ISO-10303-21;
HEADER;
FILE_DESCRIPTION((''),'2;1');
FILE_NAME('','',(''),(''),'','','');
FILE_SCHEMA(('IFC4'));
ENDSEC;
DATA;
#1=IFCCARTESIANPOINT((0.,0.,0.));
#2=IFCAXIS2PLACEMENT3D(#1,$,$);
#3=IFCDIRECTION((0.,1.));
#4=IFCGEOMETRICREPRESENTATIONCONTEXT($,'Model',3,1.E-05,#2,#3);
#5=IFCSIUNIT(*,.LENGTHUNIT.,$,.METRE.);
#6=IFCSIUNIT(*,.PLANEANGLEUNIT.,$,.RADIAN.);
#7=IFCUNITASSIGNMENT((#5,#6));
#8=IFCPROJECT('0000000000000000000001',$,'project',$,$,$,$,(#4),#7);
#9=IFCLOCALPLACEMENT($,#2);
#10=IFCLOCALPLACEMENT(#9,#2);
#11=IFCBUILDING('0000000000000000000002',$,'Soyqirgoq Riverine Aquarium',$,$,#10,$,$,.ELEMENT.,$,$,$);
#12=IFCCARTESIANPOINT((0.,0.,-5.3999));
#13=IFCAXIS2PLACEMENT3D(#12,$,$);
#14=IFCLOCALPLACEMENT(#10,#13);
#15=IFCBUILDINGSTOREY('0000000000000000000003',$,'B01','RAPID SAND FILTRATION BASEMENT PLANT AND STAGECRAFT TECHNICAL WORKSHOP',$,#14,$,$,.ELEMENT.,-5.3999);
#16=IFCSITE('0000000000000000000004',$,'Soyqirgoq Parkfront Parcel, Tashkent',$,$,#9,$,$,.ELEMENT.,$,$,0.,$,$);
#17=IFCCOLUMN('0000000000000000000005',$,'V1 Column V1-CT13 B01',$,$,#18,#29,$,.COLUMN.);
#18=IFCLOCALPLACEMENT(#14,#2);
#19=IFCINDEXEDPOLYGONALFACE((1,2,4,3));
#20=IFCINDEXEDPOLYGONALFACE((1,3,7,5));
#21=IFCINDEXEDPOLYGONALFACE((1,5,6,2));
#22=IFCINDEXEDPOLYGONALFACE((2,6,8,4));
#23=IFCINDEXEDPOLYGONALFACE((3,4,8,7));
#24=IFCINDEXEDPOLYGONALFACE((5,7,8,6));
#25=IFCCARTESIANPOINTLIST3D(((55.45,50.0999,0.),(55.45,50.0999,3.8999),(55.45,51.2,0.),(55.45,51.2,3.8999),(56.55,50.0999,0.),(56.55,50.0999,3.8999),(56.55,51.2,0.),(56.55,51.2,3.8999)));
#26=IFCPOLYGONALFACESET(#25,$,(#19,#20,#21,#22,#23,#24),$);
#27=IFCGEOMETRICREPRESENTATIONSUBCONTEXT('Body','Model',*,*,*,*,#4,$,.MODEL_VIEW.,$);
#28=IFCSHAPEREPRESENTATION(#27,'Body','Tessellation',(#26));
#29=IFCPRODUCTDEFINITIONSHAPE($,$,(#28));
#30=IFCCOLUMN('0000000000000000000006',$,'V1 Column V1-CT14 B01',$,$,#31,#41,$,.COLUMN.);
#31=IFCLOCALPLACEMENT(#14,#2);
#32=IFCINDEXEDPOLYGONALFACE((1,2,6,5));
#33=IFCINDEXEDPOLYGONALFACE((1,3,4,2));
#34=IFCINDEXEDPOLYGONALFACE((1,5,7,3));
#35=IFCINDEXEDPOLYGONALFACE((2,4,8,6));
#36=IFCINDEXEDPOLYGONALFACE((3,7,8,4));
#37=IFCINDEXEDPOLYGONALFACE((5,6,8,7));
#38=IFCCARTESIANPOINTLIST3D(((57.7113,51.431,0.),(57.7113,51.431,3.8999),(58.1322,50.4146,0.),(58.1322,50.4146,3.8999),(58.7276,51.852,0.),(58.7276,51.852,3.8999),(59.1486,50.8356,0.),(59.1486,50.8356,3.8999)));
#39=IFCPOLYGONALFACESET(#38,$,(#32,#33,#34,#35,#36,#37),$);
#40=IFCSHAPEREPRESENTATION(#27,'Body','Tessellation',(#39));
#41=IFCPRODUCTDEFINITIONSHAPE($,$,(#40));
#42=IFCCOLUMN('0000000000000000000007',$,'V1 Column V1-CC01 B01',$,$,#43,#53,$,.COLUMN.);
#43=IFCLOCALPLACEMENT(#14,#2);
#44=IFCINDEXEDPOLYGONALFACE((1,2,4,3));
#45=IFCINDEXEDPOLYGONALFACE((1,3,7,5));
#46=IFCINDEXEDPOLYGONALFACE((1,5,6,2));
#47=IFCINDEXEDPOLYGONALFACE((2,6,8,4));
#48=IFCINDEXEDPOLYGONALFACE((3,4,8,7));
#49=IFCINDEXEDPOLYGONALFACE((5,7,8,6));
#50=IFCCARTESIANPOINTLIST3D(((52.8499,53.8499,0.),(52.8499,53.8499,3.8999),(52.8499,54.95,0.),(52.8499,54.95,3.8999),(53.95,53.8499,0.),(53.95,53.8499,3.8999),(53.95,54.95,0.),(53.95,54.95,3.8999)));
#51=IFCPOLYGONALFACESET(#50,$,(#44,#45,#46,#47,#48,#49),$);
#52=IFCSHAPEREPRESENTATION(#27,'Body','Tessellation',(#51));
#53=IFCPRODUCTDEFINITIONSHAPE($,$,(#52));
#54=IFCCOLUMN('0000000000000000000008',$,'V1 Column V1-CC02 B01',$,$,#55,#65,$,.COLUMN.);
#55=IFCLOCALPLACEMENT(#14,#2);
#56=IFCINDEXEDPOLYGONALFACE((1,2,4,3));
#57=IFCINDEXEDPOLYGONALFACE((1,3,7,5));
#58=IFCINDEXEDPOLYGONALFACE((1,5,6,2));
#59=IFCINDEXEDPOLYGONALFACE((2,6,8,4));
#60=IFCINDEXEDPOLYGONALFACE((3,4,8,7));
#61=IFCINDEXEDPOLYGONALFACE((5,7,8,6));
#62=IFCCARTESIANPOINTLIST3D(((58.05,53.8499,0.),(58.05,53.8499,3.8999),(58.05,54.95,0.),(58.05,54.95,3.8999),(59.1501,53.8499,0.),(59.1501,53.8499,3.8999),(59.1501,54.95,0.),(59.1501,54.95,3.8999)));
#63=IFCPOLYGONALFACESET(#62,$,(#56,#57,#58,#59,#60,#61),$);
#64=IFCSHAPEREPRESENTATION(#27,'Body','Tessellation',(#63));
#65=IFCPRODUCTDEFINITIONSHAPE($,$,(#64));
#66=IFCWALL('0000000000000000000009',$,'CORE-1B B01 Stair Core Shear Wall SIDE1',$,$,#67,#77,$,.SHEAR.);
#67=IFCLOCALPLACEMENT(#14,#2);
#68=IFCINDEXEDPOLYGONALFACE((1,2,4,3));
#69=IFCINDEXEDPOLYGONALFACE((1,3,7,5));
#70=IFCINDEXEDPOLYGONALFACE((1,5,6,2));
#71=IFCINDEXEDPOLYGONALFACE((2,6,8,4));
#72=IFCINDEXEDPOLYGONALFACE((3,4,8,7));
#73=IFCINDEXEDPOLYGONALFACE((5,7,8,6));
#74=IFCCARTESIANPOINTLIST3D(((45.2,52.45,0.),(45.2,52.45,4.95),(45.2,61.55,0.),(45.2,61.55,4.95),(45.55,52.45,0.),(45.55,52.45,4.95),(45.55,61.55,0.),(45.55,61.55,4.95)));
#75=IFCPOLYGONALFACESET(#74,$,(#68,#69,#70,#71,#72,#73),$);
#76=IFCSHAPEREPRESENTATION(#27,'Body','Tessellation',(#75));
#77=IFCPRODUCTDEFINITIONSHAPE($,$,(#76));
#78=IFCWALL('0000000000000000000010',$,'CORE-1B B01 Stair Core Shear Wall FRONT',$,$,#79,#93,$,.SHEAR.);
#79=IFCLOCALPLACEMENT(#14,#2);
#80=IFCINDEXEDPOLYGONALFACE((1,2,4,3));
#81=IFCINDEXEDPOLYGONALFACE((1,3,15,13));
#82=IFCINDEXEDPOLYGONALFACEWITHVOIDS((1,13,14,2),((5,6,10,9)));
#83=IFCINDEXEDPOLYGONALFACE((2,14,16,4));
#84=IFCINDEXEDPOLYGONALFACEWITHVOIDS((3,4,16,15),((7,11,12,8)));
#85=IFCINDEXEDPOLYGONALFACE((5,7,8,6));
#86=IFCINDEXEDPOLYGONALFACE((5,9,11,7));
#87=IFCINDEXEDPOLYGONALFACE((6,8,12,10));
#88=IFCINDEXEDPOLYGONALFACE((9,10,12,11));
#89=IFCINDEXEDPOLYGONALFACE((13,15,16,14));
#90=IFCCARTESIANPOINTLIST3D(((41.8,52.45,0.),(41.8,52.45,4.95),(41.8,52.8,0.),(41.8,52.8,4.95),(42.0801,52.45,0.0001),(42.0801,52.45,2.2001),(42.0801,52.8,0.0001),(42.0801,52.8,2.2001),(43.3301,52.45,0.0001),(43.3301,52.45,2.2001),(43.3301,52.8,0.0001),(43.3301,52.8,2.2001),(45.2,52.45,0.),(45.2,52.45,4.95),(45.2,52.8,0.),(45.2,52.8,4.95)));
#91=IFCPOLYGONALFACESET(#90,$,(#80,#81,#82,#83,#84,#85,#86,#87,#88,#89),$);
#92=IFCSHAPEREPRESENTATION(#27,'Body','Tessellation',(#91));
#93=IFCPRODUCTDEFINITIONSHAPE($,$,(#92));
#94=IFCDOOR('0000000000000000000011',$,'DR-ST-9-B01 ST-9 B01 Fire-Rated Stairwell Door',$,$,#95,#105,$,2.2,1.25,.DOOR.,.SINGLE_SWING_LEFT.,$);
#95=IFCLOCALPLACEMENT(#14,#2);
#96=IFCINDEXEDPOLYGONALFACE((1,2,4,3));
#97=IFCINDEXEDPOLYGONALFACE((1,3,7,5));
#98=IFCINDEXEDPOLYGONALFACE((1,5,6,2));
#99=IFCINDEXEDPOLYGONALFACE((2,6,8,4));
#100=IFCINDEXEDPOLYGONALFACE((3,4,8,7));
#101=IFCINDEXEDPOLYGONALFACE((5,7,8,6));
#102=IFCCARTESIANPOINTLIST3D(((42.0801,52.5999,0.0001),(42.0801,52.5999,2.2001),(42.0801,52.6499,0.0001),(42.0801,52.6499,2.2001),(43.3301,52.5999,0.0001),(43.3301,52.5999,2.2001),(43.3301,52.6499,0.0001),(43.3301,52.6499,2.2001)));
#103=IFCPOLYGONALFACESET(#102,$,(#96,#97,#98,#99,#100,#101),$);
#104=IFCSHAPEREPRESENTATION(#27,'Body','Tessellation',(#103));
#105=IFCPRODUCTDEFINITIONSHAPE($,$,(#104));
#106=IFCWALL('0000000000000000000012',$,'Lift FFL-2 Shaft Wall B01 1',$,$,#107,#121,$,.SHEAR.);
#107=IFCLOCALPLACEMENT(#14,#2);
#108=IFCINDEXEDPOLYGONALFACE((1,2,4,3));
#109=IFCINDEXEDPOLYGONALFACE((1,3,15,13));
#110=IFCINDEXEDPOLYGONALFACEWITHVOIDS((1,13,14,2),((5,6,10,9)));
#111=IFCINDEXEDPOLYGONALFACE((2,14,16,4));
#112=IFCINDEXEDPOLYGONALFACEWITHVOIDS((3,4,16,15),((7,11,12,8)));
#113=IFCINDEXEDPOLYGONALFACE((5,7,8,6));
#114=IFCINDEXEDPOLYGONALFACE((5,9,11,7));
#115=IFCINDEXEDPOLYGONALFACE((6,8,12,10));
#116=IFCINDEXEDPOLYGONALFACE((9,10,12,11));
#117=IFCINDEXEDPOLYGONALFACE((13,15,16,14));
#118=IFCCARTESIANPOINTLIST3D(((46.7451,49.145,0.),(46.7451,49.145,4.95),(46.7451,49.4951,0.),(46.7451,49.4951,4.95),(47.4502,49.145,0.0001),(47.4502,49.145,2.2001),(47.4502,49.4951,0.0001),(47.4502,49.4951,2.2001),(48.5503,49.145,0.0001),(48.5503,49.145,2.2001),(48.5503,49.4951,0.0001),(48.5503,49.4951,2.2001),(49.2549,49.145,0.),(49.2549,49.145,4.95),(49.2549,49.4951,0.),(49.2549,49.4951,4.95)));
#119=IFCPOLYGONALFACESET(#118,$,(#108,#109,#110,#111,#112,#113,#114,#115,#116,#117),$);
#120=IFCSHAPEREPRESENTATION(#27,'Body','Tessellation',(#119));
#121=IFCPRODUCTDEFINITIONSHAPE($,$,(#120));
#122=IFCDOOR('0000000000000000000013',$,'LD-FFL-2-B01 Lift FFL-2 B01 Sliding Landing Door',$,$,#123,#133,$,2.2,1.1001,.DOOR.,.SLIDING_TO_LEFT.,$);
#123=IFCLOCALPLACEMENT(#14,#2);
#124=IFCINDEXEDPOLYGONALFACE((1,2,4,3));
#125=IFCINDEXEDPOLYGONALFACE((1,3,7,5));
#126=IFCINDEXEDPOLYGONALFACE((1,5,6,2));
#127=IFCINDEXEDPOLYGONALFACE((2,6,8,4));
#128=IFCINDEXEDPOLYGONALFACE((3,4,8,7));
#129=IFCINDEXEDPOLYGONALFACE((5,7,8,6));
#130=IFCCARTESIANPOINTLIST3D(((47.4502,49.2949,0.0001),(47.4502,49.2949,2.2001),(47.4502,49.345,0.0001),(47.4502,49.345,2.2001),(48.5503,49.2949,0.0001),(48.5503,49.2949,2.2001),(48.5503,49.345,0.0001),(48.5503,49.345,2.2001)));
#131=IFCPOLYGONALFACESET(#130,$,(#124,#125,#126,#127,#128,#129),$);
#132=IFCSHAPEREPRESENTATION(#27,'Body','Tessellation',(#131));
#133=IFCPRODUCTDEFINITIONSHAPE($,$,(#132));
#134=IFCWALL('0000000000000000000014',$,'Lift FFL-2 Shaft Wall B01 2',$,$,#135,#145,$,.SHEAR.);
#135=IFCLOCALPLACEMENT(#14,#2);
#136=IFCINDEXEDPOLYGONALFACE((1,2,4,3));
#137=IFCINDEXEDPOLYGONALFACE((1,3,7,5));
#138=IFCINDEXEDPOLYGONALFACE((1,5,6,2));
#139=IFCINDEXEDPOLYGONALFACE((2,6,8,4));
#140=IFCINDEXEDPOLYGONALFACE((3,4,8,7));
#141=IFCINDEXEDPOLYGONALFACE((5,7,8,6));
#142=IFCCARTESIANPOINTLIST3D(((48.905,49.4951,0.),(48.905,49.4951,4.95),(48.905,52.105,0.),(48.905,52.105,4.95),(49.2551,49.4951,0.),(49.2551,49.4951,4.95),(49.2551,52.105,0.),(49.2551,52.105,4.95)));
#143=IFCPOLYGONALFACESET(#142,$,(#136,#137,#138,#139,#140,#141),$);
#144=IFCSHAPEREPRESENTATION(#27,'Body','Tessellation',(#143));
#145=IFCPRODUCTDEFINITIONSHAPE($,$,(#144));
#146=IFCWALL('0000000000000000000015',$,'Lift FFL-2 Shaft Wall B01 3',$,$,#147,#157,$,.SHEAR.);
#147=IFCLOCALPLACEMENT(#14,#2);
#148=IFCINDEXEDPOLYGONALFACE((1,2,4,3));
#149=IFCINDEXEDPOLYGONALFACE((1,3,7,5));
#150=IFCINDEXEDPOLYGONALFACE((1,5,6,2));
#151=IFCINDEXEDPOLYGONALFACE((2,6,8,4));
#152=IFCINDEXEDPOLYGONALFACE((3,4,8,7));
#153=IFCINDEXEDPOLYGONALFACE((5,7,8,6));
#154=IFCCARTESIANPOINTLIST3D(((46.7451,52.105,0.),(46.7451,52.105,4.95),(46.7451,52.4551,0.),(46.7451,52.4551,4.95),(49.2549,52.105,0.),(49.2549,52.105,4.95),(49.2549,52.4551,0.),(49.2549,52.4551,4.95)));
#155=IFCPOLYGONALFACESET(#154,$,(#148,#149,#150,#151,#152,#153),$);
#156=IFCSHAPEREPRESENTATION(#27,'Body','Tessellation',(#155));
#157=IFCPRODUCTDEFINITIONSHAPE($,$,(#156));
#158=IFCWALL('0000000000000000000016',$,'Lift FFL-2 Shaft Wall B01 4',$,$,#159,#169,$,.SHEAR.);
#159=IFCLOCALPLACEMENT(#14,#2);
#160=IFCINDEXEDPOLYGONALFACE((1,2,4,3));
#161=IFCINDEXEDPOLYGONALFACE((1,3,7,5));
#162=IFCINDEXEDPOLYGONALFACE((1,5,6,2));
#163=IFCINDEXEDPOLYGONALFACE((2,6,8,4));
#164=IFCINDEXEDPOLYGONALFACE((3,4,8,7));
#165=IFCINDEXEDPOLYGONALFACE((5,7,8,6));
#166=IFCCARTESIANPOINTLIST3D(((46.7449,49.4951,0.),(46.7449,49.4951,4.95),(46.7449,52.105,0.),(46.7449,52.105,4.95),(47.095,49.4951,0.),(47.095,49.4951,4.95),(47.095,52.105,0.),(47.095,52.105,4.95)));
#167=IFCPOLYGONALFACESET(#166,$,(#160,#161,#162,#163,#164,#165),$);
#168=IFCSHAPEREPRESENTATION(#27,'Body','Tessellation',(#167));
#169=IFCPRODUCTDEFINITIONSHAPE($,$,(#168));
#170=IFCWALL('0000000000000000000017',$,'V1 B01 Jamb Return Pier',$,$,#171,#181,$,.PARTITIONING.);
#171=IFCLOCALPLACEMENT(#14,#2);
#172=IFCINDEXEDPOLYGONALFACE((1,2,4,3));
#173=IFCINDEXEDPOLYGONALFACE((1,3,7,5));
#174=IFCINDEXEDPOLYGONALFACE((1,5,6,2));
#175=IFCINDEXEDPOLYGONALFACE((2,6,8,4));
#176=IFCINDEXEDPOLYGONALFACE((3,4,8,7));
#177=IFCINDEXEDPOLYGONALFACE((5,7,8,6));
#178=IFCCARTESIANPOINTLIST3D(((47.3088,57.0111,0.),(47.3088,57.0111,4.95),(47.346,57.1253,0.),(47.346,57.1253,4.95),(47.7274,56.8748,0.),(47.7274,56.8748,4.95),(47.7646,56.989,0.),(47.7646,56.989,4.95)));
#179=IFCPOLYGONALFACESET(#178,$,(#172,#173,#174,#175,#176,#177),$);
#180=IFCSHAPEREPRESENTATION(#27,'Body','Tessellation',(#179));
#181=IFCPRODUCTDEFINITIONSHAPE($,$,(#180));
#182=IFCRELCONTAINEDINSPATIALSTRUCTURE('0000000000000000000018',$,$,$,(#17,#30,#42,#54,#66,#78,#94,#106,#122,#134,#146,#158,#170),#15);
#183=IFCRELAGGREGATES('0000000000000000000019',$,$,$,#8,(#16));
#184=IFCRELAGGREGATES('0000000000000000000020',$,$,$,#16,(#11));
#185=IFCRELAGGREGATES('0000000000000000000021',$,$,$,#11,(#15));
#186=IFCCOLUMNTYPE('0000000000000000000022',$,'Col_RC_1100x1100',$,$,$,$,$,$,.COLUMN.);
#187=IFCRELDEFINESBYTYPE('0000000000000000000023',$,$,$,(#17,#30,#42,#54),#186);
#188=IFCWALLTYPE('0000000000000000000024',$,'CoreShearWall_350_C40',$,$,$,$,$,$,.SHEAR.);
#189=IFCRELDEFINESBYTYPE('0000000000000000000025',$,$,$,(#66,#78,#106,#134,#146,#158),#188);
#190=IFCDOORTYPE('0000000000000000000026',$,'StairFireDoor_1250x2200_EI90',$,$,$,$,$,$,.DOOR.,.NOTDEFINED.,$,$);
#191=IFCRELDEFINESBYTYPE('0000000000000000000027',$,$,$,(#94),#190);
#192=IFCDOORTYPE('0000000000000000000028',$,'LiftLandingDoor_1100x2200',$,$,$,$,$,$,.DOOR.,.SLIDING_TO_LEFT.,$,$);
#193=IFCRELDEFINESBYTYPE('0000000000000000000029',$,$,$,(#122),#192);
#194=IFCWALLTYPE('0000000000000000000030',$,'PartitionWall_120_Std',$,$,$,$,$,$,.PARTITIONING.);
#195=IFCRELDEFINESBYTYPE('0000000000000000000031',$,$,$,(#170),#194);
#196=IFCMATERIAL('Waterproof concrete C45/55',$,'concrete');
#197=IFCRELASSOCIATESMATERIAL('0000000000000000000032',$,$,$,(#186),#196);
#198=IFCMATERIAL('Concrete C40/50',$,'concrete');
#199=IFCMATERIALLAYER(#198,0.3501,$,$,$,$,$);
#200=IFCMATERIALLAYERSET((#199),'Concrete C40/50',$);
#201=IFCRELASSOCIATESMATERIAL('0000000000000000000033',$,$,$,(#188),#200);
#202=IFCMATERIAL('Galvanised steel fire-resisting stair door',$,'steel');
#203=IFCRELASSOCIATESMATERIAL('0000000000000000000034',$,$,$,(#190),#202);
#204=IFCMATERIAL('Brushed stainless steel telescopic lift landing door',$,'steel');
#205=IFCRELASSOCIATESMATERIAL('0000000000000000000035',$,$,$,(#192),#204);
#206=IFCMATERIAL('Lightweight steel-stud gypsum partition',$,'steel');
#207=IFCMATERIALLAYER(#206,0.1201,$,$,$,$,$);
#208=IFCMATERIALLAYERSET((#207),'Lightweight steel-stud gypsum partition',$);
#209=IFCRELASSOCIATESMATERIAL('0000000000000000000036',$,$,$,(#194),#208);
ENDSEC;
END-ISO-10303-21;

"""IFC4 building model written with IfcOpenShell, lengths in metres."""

from ifc_helpers import new_model, si_unit, direction, frame, frame_2d, origin, origin_2d, place, context, subcontext, project, spatial, rectangle, extrude, material, layer, layer_set, material_profile, profile_set, type_object, element, fill, save


model = new_model("IFC4")

# Units and contexts
model_context = context("Model", 3, precision=1e-05, world=origin(), true_north=direction((0.0, 1.0)))
body_context = subcontext(model_context, "Body", "Model", "MODEL_VIEW")
ifc_project = project(units=[si_unit("LENGTHUNIT", "METRE"), si_unit("PLANEANGLEUNIT", "RADIAN")], contexts=[model_context])

# Site, building, storey
site_placement = place(None, origin())
site = spatial("IfcSite", under=ifc_project, at=site_placement, Name="Soyqirgoq Parkfront Parcel, Tashkent", CompositionType="ELEMENT", RefElevation=0.0)
building_placement = place(site_placement, origin())
building = spatial("IfcBuilding", under=site, at=building_placement, Name="Soyqirgoq Riverine Aquarium", CompositionType="ELEMENT")
storey_placement = place(building_placement, frame((0.0, 0.0, -5.3999)))
storey = spatial("IfcBuildingStorey", under=building, at=storey_placement, Name="B01", Description="RAPID SAND FILTRATION BASEMENT PLANT AND STAGECRAFT TECHNICAL WORKSHOP", CompositionType="ELEMENT", Elevation=-5.3999)

# Columns
ifc_material_1 = material(Name="Waterproof concrete C45/55", Category="concrete")
ifc_material_profile_1 = material_profile(ifc_material_1, rectangle(XDim=1.1001, YDim=1.1001, at=origin_2d()), Name="RC 1100x1100")
ifc_profile_set_1 = profile_set([ifc_material_profile_1], Name="Waterproof concrete C45/55")
column_type_1 = type_object("IfcColumnType", Name="Col_RC_1100x1100", PredefinedType="COLUMN", material=ifc_profile_set_1)
for number, where, z_axis, x_axis, name in (
    (1, (56.0, 50.6499, 0.0), (0.0, 0.0, 1.0), (0.0, -1.0, 0.0), "V1 Column V1-CT13 B01"),
    (2, (58.4299, 51.1333, 0.0), (0.0, 0.0, 1.0), (0.382683, -0.92388, 0.0), "V1 Column V1-CT14 B01"),
    (3, (53.3999, 54.3999, 0.0), (0.0, 0.0, 1.0), (1.0, 0.0, 0.0), "V1 Column V1-CC01 B01"),
    (4, (58.6001, 54.3999, 0.0), (0.0, 0.0, 1.0), (1.0, 0.0, 0.0), "V1 Column V1-CC02 B01"),
):
    element("IfcColumn", number, at=place(storey_placement, frame(where, z_axis=z_axis, x_axis=x_axis)), inside=storey, type_object=column_type_1, Name=name, PredefinedType="COLUMN", context=body_context, shape_type="SweptSolid", body=[
        extrude(rectangle(XDim=1.1001, YDim=1.1001, at=origin_2d()), origin(), (0.0, 0.0, 1.0), 3.8999),
    ])

# Wall
ifc_material_2 = material(Name="Concrete C40/50", Category="concrete")
ifc_layer_1 = layer(ifc_material_2, 0.3501)
ifc_layer_set_1 = layer_set([ifc_layer_1], Name="Concrete C40/50")
wall_type_1 = type_object("IfcWallType", Name="CoreShearWall_350_C40", PredefinedType="SHEAR", material=ifc_layer_set_1)
wall_1_placement = place(storey_placement, frame((45.375, 52.45, 0.0), z_axis=(0.0, 0.0, 1.0), x_axis=(0.0, 1.0, 0.0)))
element("IfcWall", 5, at=wall_1_placement, inside=storey, type_object=wall_type_1, Name="CORE-1B B01 Stair Core Shear Wall SIDE1", PredefinedType="SHEAR", context=body_context, shape_type="SweptSolid", body=[
    extrude(rectangle(XDim=9.1001, YDim=0.3501, at=frame_2d((4.55, 0.0))), origin(), (0.0, 0.0, 1.0), 4.95),
])

# Walls, openings, doors
wall_2_placement = place(storey_placement, frame((41.8, 52.625, 0.0), z_axis=(0.0, 0.0, 1.0), x_axis=(1.0, 0.0, 0.0)))
wall_2 = element("IfcWall", 6, at=wall_2_placement, inside=storey, type_object=wall_type_1, Name="CORE-1B B01 Stair Core Shear Wall FRONT", PredefinedType="SHEAR", context=body_context, shape_type="SweptSolid", body=[
    extrude(rectangle(XDim=3.3999, YDim=0.3501, at=frame_2d((1.7, 0.0))), origin(), (0.0, 0.0, 1.0), 4.95),
])
opening_1_placement = place(wall_2_placement, frame((0.28, 0.0, 0.0)))
opening_1 = element("IfcOpeningElement", 7, at=opening_1_placement, cuts=wall_2, PredefinedType="OPENING", context=body_context, shape_type="SweptSolid", body=[
    extrude(rectangle(XDim=1.25, YDim=2.2, at=frame_2d((0.625, 1.1001))), frame((0.0, 0.1851, 0.0), z_axis=(0.0, -1.0, 0.0), x_axis=(1.0, 0.0, 0.0)), (0.0, 0.0, 1.0), 0.3701),
])
ifc_material_3 = material(Name="Galvanised steel fire-resisting stair door", Category="steel")
door_type_1 = type_object("IfcDoorType", Name="StairFireDoor_1250x2200_EI90", OperationType="NOTDEFINED", PredefinedType="DOOR", material=ifc_material_3)
door_1_placement = place(opening_1_placement, origin())
door_1 = element("IfcDoor", 8, at=door_1_placement, inside=storey, type_object=door_type_1, Name="DR-ST-9-B01 ST-9 B01 Fire-Rated Stairwell Door", OperationType="SINGLE_SWING_LEFT", OverallHeight=2.2, OverallWidth=1.25, PredefinedType="DOOR", context=body_context, shape_type="SweptSolid", body=[
    extrude(rectangle(XDim=1.25, YDim=2.2, at=frame_2d((0.625, 1.1001))), frame((0.0, 0.0249, 0.0), z_axis=(0.0, -1.0, 0.0), x_axis=(1.0, 0.0, 0.0)), (0.0, 0.0, 1.0), 0.05),
])
fill(opening_1, door_1)
wall_3_placement = place(storey_placement, frame((46.7451, 49.3201, 0.0), z_axis=(0.0, 0.0, 1.0), x_axis=(1.0, 0.0, 0.0)))
wall_3 = element("IfcWall", 9, at=wall_3_placement, inside=storey, type_object=wall_type_1, Name="Lift FFL-2 Shaft Wall B01 1", PredefinedType="SHEAR", context=body_context, shape_type="SweptSolid", body=[
    extrude(rectangle(XDim=2.5098, YDim=0.3501, at=frame_2d((1.2549, 0.0))), origin(), (0.0, 0.0, 1.0), 4.95),
])
opening_2_placement = place(wall_3_placement, frame((0.7051, 0.0, 0.0)))
opening_2 = element("IfcOpeningElement", 10, at=opening_2_placement, cuts=wall_3, PredefinedType="OPENING", context=body_context, shape_type="SweptSolid", body=[
    extrude(rectangle(XDim=1.1001, YDim=2.2, at=frame_2d((0.55, 1.1001))), frame((0.0, 0.1851, 0.0), z_axis=(0.0, -1.0, 0.0), x_axis=(1.0, 0.0, 0.0)), (0.0, 0.0, 1.0), 0.3701),
])
ifc_material_4 = material(Name="Brushed stainless steel telescopic lift landing door", Category="steel")
door_type_2 = type_object("IfcDoorType", Name="LiftLandingDoor_1100x2200", OperationType="SLIDING_TO_LEFT", PredefinedType="DOOR", material=ifc_material_4)
door_2_placement = place(opening_2_placement, origin())
door_2 = element("IfcDoor", 11, at=door_2_placement, inside=storey, type_object=door_type_2, Name="LD-FFL-2-B01 Lift FFL-2 B01 Sliding Landing Door", OperationType="SLIDING_TO_LEFT", OverallHeight=2.2, OverallWidth=1.1001, PredefinedType="DOOR", context=body_context, shape_type="SweptSolid", body=[
    extrude(rectangle(XDim=1.1001, YDim=2.2, at=frame_2d((0.55, 1.1001))), frame((0.0, 0.0249, 0.0), z_axis=(0.0, -1.0, 0.0), x_axis=(1.0, 0.0, 0.0)), (0.0, 0.0, 1.0), 0.05),
])
fill(opening_2, door_2)

# Walls
wall_4_placement = place(storey_placement, frame((49.0801, 49.4951, 0.0), z_axis=(0.0, 0.0, 1.0), x_axis=(0.0, 1.0, 0.0)))
element("IfcWall", 12, at=wall_4_placement, inside=storey, type_object=wall_type_1, Name="Lift FFL-2 Shaft Wall B01 2", PredefinedType="SHEAR", context=body_context, shape_type="SweptSolid", body=[
    extrude(rectangle(XDim=2.6099, YDim=0.3501, at=frame_2d((1.3049, 0.0))), origin(), (0.0, 0.0, 1.0), 4.95),
])
wall_5_placement = place(storey_placement, frame((49.2549, 52.28, 0.0), z_axis=(0.0, 0.0, 1.0), x_axis=(-1.0, 0.0, 0.0)))
element("IfcWall", 13, at=wall_5_placement, inside=storey, type_object=wall_type_1, Name="Lift FFL-2 Shaft Wall B01 3", PredefinedType="SHEAR", context=body_context, shape_type="SweptSolid", body=[
    extrude(rectangle(XDim=2.5098, YDim=0.3501, at=frame_2d((1.2549, 0.0))), origin(), (0.0, 0.0, 1.0), 4.95),
])
wall_6_placement = place(storey_placement, frame((46.9199, 52.105, 0.0), z_axis=(0.0, 0.0, 1.0), x_axis=(0.0, -1.0, 0.0)))
element("IfcWall", 14, at=wall_6_placement, inside=storey, type_object=wall_type_1, Name="Lift FFL-2 Shaft Wall B01 4", PredefinedType="SHEAR", context=body_context, shape_type="SweptSolid", body=[
    extrude(rectangle(XDim=2.6099, YDim=0.3501, at=frame_2d((1.3049, 0.0))), origin(), (0.0, 0.0, 1.0), 4.95),
])
ifc_material_5 = material(Name="Lightweight steel-stud gypsum partition", Category="steel")
ifc_layer_2 = layer(ifc_material_5, 0.1201)
ifc_layer_set_2 = layer_set([ifc_layer_2], Name="Lightweight steel-stud gypsum partition")
wall_type_2 = type_object("IfcWallType", Name="PartitionWall_120_Std", PredefinedType="PARTITIONING", material=ifc_layer_set_2)
wall_7_placement = place(storey_placement, frame((47.7461, 56.9319, 0.0), z_axis=(0.0, 0.0, 1.0), x_axis=(-0.950879, 0.309563, 0.0)))
element("IfcWall", 15, at=wall_7_placement, inside=storey, type_object=wall_type_2, Name="V1 B01 Jamb Return Pier", PredefinedType="PARTITIONING", context=body_context, shape_type="SweptSolid", body=[
    extrude(rectangle(XDim=0.4402, YDim=0.1201, at=frame_2d((0.2202, 0.0))), origin(), (0.0, 0.0, 1.0), 4.95),
])

save(model, "model.ifc")
